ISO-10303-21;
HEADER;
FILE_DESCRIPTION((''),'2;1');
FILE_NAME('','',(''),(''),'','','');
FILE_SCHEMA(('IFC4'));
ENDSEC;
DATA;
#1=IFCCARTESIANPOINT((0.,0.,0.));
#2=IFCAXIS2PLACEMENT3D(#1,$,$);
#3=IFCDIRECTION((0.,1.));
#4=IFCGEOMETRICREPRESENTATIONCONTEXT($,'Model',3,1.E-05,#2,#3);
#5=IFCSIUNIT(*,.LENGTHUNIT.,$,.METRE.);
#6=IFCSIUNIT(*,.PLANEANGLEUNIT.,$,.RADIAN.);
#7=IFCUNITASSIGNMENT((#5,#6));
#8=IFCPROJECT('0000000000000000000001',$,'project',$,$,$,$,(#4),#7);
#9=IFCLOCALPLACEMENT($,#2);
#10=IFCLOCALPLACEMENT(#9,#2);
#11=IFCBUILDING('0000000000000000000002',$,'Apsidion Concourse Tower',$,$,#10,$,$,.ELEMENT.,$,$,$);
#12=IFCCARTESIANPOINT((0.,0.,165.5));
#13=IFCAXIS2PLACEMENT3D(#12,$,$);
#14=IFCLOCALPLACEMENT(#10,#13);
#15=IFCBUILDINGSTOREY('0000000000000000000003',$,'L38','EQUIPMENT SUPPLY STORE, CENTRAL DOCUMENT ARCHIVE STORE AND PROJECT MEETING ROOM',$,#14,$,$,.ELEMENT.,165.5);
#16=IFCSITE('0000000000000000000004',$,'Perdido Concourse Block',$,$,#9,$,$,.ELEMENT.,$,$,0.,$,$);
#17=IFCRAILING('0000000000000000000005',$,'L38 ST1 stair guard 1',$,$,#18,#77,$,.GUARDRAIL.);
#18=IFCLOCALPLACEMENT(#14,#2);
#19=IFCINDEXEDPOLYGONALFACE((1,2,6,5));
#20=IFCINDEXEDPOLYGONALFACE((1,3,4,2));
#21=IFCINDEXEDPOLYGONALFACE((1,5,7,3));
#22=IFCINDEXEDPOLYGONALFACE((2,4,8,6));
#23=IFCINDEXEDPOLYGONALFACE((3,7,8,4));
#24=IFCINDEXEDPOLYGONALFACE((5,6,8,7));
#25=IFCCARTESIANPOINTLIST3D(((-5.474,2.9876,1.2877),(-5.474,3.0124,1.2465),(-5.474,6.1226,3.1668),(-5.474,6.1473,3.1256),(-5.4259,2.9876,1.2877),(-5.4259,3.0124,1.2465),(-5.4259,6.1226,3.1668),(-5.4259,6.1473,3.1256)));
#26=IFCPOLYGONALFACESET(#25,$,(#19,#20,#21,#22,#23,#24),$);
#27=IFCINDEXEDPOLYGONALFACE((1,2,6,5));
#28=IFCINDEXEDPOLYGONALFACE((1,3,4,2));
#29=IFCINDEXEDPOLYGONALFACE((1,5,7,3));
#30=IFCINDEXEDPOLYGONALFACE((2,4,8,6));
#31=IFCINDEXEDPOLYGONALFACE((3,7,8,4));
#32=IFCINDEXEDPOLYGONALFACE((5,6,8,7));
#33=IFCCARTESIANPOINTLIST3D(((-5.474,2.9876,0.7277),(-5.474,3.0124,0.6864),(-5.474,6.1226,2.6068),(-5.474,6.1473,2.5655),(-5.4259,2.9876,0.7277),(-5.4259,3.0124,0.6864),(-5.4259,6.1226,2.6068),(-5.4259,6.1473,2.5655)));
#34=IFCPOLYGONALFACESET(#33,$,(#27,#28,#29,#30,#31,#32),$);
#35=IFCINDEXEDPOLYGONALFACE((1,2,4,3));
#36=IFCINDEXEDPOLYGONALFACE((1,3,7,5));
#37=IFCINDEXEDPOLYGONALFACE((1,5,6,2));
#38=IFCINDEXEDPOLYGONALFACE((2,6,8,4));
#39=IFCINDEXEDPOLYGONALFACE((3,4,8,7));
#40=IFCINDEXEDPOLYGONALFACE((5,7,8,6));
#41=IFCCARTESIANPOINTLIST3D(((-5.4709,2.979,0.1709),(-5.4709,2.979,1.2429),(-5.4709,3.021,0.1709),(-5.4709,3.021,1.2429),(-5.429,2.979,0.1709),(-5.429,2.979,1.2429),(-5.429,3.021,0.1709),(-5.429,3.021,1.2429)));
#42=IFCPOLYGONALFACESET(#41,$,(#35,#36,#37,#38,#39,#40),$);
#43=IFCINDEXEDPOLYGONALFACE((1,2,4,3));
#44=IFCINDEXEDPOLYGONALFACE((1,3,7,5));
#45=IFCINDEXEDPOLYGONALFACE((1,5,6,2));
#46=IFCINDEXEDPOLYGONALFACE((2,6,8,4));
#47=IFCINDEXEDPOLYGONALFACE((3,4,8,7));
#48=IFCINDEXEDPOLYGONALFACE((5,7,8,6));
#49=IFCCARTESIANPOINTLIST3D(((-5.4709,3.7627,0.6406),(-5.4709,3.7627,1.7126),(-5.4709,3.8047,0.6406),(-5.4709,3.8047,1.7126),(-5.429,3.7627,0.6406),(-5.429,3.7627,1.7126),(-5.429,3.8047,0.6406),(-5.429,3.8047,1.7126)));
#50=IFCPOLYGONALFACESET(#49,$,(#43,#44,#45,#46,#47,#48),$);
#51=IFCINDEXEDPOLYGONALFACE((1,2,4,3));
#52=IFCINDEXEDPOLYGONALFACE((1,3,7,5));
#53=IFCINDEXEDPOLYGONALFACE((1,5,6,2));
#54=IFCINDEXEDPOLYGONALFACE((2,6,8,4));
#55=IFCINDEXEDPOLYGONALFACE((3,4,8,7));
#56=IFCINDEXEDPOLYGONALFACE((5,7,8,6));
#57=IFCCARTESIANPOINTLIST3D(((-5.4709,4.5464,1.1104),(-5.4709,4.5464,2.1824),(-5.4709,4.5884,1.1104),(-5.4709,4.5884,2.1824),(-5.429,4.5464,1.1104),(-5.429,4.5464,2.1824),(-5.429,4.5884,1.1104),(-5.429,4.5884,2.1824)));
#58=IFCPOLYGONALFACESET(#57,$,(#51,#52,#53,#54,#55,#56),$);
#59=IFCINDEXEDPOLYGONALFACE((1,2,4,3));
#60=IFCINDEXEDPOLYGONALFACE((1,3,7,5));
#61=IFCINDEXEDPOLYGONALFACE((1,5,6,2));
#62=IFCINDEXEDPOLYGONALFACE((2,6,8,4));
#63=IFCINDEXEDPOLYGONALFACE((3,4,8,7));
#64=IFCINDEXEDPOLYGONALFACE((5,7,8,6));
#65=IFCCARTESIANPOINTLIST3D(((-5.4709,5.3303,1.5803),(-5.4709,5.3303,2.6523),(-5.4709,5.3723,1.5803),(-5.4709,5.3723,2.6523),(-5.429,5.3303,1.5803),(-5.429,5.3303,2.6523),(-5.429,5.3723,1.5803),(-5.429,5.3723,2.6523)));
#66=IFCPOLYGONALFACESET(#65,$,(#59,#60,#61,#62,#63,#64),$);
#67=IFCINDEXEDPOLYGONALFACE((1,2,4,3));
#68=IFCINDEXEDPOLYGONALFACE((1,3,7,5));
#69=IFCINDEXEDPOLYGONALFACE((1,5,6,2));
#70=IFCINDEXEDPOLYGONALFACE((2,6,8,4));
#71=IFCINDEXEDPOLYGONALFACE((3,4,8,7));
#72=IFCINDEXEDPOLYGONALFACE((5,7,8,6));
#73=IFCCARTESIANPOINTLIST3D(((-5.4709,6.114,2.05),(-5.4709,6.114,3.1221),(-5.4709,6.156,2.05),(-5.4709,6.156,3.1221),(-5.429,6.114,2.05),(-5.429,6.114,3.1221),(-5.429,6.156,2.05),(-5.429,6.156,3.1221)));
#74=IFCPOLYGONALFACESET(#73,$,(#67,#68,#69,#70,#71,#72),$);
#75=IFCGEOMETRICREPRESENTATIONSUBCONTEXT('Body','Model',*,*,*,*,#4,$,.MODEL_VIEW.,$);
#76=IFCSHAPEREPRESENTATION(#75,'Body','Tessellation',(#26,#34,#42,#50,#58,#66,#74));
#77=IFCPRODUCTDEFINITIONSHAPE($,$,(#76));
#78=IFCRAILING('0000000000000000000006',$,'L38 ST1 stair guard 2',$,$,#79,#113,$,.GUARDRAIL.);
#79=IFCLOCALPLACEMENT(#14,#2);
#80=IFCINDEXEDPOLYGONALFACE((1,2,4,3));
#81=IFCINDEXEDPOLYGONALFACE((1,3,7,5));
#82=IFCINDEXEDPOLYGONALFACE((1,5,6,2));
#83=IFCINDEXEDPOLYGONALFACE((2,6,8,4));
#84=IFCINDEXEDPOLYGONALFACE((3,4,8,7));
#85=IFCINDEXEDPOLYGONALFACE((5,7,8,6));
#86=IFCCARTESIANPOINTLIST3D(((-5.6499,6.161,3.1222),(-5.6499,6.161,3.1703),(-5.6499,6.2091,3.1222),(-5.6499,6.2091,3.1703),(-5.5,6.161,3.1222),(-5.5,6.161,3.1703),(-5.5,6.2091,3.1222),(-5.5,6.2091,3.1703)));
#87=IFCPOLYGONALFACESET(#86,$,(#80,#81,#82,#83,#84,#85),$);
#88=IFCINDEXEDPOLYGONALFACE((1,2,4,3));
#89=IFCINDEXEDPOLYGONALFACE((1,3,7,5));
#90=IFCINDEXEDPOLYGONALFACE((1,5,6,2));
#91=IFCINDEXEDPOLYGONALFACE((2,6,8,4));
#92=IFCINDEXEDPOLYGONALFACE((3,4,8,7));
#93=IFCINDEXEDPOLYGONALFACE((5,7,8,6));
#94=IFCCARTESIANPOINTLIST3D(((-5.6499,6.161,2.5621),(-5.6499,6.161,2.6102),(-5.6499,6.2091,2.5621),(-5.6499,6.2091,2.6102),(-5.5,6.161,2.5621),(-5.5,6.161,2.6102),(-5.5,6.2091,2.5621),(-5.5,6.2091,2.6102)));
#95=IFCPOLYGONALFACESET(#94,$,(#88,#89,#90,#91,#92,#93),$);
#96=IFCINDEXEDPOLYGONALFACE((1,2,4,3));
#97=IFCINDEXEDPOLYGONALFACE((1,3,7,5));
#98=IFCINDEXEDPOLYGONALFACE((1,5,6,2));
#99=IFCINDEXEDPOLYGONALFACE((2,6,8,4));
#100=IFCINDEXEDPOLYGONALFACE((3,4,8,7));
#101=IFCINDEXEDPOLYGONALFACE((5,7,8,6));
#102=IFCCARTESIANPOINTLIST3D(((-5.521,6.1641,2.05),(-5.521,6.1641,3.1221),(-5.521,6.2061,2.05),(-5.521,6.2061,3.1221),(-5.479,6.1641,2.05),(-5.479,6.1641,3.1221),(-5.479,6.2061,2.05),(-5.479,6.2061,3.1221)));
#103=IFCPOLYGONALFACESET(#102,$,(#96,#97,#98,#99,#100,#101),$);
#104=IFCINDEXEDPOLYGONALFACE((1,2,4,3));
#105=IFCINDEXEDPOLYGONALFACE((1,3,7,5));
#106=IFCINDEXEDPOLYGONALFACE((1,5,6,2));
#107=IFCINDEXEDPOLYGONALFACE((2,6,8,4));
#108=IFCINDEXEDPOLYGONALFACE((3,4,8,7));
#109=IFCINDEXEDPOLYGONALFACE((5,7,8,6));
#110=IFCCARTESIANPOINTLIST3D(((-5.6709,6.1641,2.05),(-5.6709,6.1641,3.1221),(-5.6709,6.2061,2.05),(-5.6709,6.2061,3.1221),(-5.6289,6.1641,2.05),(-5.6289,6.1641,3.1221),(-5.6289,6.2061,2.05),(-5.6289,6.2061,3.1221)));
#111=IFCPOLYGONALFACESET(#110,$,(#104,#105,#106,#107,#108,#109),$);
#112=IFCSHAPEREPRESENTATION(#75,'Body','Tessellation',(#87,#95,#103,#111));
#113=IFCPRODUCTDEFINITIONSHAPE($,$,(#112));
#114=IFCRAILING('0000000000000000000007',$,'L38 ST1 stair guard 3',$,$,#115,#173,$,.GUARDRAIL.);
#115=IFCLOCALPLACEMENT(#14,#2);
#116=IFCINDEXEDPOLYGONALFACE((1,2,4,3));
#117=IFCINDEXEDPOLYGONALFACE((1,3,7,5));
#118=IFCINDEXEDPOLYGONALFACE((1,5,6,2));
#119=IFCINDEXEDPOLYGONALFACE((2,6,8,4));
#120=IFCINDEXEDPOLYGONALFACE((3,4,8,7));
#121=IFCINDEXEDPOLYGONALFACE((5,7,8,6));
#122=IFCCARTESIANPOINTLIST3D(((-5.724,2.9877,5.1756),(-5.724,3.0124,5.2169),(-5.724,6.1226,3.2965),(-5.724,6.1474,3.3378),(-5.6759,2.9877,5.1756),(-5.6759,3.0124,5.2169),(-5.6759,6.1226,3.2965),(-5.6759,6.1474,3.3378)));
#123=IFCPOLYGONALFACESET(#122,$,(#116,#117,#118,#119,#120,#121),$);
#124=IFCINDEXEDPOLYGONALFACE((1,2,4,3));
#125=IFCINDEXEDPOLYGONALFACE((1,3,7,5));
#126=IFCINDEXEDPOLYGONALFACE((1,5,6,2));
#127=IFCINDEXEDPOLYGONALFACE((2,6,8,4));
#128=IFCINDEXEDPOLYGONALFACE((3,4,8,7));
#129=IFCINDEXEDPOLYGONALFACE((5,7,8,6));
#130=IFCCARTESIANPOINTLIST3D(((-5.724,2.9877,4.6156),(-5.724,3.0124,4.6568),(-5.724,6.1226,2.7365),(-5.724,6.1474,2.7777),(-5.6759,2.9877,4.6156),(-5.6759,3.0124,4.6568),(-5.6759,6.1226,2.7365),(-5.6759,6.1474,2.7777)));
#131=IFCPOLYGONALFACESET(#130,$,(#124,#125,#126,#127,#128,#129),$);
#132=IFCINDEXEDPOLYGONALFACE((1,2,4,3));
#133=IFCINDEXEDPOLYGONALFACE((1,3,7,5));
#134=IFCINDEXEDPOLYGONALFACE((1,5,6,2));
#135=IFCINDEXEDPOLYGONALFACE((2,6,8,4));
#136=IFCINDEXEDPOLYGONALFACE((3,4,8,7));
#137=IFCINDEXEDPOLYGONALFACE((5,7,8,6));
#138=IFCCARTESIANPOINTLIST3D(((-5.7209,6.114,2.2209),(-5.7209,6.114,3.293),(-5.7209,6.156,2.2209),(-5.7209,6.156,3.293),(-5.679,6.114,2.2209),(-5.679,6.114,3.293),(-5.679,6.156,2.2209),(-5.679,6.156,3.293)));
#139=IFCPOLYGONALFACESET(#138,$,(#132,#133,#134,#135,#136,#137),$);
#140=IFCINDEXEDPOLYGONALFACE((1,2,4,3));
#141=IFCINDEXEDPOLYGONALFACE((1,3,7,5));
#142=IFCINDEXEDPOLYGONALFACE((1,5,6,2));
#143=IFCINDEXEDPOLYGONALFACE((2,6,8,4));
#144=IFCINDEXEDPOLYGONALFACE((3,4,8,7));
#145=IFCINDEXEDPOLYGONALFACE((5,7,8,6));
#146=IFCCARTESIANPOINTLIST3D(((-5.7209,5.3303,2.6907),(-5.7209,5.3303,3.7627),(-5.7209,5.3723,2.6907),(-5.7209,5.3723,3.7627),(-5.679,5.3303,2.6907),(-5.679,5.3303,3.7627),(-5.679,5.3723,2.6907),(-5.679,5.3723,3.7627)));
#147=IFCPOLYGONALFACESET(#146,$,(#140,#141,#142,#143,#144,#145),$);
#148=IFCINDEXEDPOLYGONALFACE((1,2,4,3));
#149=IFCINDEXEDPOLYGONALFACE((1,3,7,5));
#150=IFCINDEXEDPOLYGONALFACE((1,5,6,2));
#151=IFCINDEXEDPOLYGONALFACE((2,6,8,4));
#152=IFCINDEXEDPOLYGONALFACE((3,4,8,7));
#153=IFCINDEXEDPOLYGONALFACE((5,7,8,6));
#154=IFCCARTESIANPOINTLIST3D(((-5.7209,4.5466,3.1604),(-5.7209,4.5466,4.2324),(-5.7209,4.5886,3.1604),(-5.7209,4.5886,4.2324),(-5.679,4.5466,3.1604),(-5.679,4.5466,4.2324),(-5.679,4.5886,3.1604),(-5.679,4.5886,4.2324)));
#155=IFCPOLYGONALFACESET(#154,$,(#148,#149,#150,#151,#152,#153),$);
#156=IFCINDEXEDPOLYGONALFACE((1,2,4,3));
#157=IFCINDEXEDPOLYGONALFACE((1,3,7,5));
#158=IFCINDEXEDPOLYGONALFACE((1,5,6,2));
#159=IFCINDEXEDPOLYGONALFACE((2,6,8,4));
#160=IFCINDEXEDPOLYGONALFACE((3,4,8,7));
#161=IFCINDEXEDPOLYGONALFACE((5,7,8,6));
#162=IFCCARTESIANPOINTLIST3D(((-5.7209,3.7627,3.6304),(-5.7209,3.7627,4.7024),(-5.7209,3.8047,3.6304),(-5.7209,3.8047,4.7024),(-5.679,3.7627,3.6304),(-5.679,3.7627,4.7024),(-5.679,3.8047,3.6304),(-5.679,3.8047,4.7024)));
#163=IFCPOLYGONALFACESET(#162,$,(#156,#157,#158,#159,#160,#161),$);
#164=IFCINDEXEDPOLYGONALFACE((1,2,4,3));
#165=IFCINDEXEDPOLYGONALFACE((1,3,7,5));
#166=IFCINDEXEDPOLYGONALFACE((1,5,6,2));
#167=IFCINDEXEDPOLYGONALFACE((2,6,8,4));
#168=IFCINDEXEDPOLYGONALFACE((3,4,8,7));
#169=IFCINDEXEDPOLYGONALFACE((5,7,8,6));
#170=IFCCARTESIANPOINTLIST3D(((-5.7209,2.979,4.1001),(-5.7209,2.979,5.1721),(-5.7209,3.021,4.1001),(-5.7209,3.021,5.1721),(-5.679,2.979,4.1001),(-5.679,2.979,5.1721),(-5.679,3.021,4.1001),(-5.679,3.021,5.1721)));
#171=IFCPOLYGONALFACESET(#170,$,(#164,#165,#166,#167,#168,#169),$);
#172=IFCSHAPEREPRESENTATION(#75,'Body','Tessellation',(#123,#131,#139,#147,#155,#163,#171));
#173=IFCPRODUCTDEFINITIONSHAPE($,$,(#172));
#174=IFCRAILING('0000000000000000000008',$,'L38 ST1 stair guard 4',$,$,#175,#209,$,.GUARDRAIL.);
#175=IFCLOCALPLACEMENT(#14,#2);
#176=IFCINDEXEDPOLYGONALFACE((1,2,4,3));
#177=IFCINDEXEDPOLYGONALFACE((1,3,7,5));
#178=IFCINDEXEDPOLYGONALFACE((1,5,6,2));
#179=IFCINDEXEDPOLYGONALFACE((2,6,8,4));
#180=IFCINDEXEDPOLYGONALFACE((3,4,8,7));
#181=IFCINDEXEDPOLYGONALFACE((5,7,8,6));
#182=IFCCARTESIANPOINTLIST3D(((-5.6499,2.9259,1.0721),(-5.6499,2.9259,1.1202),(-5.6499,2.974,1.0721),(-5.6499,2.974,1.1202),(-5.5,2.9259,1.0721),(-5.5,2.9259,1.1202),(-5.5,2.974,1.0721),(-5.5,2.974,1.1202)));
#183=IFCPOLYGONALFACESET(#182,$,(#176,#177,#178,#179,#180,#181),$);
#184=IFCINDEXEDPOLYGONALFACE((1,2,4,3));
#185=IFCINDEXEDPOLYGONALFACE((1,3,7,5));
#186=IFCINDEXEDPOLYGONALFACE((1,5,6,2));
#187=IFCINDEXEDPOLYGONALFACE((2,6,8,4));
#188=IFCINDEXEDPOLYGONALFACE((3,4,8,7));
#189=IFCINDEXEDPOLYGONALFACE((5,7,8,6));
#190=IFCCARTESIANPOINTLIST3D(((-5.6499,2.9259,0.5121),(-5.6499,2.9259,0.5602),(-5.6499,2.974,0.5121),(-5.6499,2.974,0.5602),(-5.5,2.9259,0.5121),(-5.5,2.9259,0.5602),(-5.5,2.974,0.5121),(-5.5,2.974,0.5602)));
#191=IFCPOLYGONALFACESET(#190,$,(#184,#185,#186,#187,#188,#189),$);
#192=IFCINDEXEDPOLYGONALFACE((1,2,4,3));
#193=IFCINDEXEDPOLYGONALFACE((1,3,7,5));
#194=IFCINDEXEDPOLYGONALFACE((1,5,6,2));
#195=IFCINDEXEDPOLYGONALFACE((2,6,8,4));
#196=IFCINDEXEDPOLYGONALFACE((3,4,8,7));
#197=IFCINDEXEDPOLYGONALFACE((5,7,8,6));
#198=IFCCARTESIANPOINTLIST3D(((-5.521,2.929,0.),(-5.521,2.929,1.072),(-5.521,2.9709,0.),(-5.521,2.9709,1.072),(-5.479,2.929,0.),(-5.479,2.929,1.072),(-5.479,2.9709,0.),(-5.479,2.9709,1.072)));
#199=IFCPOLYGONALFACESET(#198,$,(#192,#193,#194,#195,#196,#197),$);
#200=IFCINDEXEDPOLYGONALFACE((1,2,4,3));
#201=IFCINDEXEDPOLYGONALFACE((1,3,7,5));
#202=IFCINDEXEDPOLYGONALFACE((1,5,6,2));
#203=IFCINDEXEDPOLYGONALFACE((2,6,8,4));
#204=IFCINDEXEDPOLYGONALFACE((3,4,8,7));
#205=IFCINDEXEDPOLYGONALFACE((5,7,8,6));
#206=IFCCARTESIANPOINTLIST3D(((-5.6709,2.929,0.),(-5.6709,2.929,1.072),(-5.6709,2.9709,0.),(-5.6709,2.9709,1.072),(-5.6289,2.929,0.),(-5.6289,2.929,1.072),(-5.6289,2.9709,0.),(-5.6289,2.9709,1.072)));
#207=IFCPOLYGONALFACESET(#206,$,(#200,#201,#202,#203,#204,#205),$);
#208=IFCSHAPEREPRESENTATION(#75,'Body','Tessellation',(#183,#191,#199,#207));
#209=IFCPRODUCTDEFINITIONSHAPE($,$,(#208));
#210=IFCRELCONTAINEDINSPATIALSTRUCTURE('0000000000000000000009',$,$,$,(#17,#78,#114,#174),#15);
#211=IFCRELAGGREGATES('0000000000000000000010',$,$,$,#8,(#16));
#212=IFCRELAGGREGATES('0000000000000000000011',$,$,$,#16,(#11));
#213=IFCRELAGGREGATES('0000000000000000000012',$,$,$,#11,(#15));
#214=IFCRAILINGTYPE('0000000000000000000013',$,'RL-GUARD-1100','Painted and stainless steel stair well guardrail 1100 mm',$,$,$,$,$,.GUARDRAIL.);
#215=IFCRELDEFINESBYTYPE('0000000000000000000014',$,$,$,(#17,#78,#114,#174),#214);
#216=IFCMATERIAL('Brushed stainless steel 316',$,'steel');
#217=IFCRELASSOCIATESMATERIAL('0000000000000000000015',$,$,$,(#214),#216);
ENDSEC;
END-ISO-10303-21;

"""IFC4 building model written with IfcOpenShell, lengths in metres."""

from ifc_helpers import new_model, si_unit, direction, frame, origin, origin_2d, place, context, subcontext, project, spatial, rectangle, extrude, material, type_object, element, save


model = new_model("IFC4")

# Units and contexts
model_context = context("Model", 3, precision=1e-05, world=origin(), true_north=direction((0.0, 1.0)))
body_context = subcontext(model_context, "Body", "Model", "MODEL_VIEW")
ifc_project = project(units=[si_unit("LENGTHUNIT", "METRE"), si_unit("PLANEANGLEUNIT", "RADIAN")], contexts=[model_context])

# Site, building, storey
site_placement = place(None, origin())
site = spatial("IfcSite", under=ifc_project, at=site_placement, Name="Perdido Concourse Block", CompositionType="ELEMENT", RefElevation=0.0)
building_placement = place(site_placement, origin())
building = spatial("IfcBuilding", under=site, at=building_placement, Name="Apsidion Concourse Tower", CompositionType="ELEMENT")
storey_placement = place(building_placement, frame((0.0, 0.0, 165.5)))
storey = spatial("IfcBuildingStorey", under=building, at=storey_placement, Name="L38", Description="EQUIPMENT SUPPLY STORE, CENTRAL DOCUMENT ARCHIVE STORE AND PROJECT MEETING ROOM", CompositionType="ELEMENT", Elevation=165.5)

# Shared definitions
ifc_material_1 = material(Name="Brushed stainless steel 316", Category="steel")

# Railings
railing_type_1 = type_object("IfcRailingType", Name="RL-GUARD-1100", Description="Painted and stainless steel stair well guardrail 1100 mm", PredefinedType="GUARDRAIL", material=ifc_material_1)
railing_1_placement = place(storey_placement, frame((-5.45, 3.0, 0.1709)))
element("IfcRailing", 1, at=railing_1_placement, inside=storey, type_object=railing_type_1, Name="L38 ST1 stair guard 1", PredefinedType="GUARDRAIL", context=body_context, shape_type="SweptSolid", body=[
    extrude(rectangle(XDim=0.0481, YDim=0.0481, at=origin_2d()), frame((0.0, 0.0, 1.0962), z_axis=(0.0, 0.857717, 0.514122), x_axis=(-1.0, 0.0, 0.0)), (0.0, 0.0, 1.0), 3.655),
    extrude(rectangle(XDim=0.0481, YDim=0.0481, at=origin_2d()), frame((0.0, 0.0, 0.5361), z_axis=(0.0, 0.857717, 0.514122), x_axis=(-1.0, 0.0, 0.0)), (0.0, 0.0, 1.0), 3.655),
    extrude(rectangle(XDim=0.042, YDim=0.042, at=origin_2d()), origin(), (0.0, 0.0, 1.0), 1.072),
    extrude(rectangle(XDim=0.042, YDim=0.042, at=origin_2d()), frame((0.0, 0.7837, 0.4697)), (0.0, 0.0, 1.0), 1.072),
    extrude(rectangle(XDim=0.042, YDim=0.042, at=origin_2d()), frame((0.0, 1.5674, 0.9395)), (0.0, 0.0, 1.0), 1.072),
    extrude(rectangle(XDim=0.042, YDim=0.042, at=origin_2d()), frame((0.0, 2.3513, 1.4094)), (0.0, 0.0, 1.0), 1.072),
    extrude(rectangle(XDim=0.042, YDim=0.042, at=origin_2d()), frame((0.0, 3.135, 1.8792)), (0.0, 0.0, 1.0), 1.072),
])
railing_2_placement = place(storey_placement, frame((-5.5, 6.1851, 2.05)))
element("IfcRailing", 2, at=railing_2_placement, inside=storey, type_object=railing_type_1, Name="L38 ST1 stair guard 2", PredefinedType="GUARDRAIL", context=body_context, shape_type="SweptSolid", body=[
    extrude(rectangle(XDim=0.0481, YDim=0.0481, at=origin_2d()), frame((0.0, 0.0, 1.0962), z_axis=(-1.0, 0.0, 0.0), x_axis=(0.0, -1.0, 0.0)), (0.0, 0.0, 1.0), 0.1499),
    extrude(rectangle(XDim=0.0481, YDim=0.0481, at=origin_2d()), frame((0.0, 0.0, 0.5361), z_axis=(-1.0, 0.0, 0.0), x_axis=(0.0, -1.0, 0.0)), (0.0, 0.0, 1.0), 0.1499),
    extrude(rectangle(XDim=0.042, YDim=0.042, at=origin_2d()), origin(), (0.0, 0.0, 1.0), 1.072),
    extrude(rectangle(XDim=0.042, YDim=0.042, at=origin_2d()), frame((-0.1499, 0.0, 0.0)), (0.0, 0.0, 1.0), 1.072),
])
railing_3_placement = place(storey_placement, frame((-5.7, 6.135, 2.2209)))
element("IfcRailing", 3, at=railing_3_placement, inside=storey, type_object=railing_type_1, Name="L38 ST1 stair guard 3", PredefinedType="GUARDRAIL", context=body_context, shape_type="SweptSolid", body=[
    extrude(rectangle(XDim=0.0481, YDim=0.0481, at=origin_2d()), frame((0.0, 0.0, 1.0962), z_axis=(0.0, -0.857717, 0.514122), x_axis=(1.0, 0.0, 0.0)), (0.0, 0.0, 1.0), 3.655),
    extrude(rectangle(XDim=0.0481, YDim=0.0481, at=origin_2d()), frame((0.0, 0.0, 0.5361), z_axis=(0.0, -0.857717, 0.514122), x_axis=(1.0, 0.0, 0.0)), (0.0, 0.0, 1.0), 3.655),
    extrude(rectangle(XDim=0.042, YDim=0.042, at=origin_2d()), origin(), (0.0, 0.0, 1.0), 1.072),
    extrude(rectangle(XDim=0.042, YDim=0.042, at=origin_2d()), frame((0.0, -0.7837, 0.4697)), (0.0, 0.0, 1.0), 1.072),
    extrude(rectangle(XDim=0.042, YDim=0.042, at=origin_2d()), frame((0.0, -1.5674, 0.9395)), (0.0, 0.0, 1.0), 1.072),
    extrude(rectangle(XDim=0.042, YDim=0.042, at=origin_2d()), frame((0.0, -2.3513, 1.4094)), (0.0, 0.0, 1.0), 1.072),
    extrude(rectangle(XDim=0.042, YDim=0.042, at=origin_2d()), frame((0.0, -3.135, 1.8792)), (0.0, 0.0, 1.0), 1.072),
])
railing_4_placement = place(storey_placement, frame((-5.5, 2.95, 0.0)))
element("IfcRailing", 4, at=railing_4_placement, inside=storey, type_object=railing_type_1, Name="L38 ST1 stair guard 4", PredefinedType="GUARDRAIL", context=body_context, shape_type="SweptSolid", body=[
    extrude(rectangle(XDim=0.0481, YDim=0.0481, at=origin_2d()), frame((0.0, 0.0, 1.0962), z_axis=(-1.0, 0.0, 0.0), x_axis=(0.0, -1.0, 0.0)), (0.0, 0.0, 1.0), 0.1499),
    extrude(rectangle(XDim=0.0481, YDim=0.0481, at=origin_2d()), frame((0.0, 0.0, 0.5361), z_axis=(-1.0, 0.0, 0.0), x_axis=(0.0, -1.0, 0.0)), (0.0, 0.0, 1.0), 0.1499),
    extrude(rectangle(XDim=0.042, YDim=0.042, at=origin_2d()), origin(), (0.0, 0.0, 1.0), 1.072),
    extrude(rectangle(XDim=0.042, YDim=0.042, at=origin_2d()), frame((-0.1499, 0.0, 0.0)), (0.0, 0.0, 1.0), 1.072),
])

save(model, "model.ifc")
